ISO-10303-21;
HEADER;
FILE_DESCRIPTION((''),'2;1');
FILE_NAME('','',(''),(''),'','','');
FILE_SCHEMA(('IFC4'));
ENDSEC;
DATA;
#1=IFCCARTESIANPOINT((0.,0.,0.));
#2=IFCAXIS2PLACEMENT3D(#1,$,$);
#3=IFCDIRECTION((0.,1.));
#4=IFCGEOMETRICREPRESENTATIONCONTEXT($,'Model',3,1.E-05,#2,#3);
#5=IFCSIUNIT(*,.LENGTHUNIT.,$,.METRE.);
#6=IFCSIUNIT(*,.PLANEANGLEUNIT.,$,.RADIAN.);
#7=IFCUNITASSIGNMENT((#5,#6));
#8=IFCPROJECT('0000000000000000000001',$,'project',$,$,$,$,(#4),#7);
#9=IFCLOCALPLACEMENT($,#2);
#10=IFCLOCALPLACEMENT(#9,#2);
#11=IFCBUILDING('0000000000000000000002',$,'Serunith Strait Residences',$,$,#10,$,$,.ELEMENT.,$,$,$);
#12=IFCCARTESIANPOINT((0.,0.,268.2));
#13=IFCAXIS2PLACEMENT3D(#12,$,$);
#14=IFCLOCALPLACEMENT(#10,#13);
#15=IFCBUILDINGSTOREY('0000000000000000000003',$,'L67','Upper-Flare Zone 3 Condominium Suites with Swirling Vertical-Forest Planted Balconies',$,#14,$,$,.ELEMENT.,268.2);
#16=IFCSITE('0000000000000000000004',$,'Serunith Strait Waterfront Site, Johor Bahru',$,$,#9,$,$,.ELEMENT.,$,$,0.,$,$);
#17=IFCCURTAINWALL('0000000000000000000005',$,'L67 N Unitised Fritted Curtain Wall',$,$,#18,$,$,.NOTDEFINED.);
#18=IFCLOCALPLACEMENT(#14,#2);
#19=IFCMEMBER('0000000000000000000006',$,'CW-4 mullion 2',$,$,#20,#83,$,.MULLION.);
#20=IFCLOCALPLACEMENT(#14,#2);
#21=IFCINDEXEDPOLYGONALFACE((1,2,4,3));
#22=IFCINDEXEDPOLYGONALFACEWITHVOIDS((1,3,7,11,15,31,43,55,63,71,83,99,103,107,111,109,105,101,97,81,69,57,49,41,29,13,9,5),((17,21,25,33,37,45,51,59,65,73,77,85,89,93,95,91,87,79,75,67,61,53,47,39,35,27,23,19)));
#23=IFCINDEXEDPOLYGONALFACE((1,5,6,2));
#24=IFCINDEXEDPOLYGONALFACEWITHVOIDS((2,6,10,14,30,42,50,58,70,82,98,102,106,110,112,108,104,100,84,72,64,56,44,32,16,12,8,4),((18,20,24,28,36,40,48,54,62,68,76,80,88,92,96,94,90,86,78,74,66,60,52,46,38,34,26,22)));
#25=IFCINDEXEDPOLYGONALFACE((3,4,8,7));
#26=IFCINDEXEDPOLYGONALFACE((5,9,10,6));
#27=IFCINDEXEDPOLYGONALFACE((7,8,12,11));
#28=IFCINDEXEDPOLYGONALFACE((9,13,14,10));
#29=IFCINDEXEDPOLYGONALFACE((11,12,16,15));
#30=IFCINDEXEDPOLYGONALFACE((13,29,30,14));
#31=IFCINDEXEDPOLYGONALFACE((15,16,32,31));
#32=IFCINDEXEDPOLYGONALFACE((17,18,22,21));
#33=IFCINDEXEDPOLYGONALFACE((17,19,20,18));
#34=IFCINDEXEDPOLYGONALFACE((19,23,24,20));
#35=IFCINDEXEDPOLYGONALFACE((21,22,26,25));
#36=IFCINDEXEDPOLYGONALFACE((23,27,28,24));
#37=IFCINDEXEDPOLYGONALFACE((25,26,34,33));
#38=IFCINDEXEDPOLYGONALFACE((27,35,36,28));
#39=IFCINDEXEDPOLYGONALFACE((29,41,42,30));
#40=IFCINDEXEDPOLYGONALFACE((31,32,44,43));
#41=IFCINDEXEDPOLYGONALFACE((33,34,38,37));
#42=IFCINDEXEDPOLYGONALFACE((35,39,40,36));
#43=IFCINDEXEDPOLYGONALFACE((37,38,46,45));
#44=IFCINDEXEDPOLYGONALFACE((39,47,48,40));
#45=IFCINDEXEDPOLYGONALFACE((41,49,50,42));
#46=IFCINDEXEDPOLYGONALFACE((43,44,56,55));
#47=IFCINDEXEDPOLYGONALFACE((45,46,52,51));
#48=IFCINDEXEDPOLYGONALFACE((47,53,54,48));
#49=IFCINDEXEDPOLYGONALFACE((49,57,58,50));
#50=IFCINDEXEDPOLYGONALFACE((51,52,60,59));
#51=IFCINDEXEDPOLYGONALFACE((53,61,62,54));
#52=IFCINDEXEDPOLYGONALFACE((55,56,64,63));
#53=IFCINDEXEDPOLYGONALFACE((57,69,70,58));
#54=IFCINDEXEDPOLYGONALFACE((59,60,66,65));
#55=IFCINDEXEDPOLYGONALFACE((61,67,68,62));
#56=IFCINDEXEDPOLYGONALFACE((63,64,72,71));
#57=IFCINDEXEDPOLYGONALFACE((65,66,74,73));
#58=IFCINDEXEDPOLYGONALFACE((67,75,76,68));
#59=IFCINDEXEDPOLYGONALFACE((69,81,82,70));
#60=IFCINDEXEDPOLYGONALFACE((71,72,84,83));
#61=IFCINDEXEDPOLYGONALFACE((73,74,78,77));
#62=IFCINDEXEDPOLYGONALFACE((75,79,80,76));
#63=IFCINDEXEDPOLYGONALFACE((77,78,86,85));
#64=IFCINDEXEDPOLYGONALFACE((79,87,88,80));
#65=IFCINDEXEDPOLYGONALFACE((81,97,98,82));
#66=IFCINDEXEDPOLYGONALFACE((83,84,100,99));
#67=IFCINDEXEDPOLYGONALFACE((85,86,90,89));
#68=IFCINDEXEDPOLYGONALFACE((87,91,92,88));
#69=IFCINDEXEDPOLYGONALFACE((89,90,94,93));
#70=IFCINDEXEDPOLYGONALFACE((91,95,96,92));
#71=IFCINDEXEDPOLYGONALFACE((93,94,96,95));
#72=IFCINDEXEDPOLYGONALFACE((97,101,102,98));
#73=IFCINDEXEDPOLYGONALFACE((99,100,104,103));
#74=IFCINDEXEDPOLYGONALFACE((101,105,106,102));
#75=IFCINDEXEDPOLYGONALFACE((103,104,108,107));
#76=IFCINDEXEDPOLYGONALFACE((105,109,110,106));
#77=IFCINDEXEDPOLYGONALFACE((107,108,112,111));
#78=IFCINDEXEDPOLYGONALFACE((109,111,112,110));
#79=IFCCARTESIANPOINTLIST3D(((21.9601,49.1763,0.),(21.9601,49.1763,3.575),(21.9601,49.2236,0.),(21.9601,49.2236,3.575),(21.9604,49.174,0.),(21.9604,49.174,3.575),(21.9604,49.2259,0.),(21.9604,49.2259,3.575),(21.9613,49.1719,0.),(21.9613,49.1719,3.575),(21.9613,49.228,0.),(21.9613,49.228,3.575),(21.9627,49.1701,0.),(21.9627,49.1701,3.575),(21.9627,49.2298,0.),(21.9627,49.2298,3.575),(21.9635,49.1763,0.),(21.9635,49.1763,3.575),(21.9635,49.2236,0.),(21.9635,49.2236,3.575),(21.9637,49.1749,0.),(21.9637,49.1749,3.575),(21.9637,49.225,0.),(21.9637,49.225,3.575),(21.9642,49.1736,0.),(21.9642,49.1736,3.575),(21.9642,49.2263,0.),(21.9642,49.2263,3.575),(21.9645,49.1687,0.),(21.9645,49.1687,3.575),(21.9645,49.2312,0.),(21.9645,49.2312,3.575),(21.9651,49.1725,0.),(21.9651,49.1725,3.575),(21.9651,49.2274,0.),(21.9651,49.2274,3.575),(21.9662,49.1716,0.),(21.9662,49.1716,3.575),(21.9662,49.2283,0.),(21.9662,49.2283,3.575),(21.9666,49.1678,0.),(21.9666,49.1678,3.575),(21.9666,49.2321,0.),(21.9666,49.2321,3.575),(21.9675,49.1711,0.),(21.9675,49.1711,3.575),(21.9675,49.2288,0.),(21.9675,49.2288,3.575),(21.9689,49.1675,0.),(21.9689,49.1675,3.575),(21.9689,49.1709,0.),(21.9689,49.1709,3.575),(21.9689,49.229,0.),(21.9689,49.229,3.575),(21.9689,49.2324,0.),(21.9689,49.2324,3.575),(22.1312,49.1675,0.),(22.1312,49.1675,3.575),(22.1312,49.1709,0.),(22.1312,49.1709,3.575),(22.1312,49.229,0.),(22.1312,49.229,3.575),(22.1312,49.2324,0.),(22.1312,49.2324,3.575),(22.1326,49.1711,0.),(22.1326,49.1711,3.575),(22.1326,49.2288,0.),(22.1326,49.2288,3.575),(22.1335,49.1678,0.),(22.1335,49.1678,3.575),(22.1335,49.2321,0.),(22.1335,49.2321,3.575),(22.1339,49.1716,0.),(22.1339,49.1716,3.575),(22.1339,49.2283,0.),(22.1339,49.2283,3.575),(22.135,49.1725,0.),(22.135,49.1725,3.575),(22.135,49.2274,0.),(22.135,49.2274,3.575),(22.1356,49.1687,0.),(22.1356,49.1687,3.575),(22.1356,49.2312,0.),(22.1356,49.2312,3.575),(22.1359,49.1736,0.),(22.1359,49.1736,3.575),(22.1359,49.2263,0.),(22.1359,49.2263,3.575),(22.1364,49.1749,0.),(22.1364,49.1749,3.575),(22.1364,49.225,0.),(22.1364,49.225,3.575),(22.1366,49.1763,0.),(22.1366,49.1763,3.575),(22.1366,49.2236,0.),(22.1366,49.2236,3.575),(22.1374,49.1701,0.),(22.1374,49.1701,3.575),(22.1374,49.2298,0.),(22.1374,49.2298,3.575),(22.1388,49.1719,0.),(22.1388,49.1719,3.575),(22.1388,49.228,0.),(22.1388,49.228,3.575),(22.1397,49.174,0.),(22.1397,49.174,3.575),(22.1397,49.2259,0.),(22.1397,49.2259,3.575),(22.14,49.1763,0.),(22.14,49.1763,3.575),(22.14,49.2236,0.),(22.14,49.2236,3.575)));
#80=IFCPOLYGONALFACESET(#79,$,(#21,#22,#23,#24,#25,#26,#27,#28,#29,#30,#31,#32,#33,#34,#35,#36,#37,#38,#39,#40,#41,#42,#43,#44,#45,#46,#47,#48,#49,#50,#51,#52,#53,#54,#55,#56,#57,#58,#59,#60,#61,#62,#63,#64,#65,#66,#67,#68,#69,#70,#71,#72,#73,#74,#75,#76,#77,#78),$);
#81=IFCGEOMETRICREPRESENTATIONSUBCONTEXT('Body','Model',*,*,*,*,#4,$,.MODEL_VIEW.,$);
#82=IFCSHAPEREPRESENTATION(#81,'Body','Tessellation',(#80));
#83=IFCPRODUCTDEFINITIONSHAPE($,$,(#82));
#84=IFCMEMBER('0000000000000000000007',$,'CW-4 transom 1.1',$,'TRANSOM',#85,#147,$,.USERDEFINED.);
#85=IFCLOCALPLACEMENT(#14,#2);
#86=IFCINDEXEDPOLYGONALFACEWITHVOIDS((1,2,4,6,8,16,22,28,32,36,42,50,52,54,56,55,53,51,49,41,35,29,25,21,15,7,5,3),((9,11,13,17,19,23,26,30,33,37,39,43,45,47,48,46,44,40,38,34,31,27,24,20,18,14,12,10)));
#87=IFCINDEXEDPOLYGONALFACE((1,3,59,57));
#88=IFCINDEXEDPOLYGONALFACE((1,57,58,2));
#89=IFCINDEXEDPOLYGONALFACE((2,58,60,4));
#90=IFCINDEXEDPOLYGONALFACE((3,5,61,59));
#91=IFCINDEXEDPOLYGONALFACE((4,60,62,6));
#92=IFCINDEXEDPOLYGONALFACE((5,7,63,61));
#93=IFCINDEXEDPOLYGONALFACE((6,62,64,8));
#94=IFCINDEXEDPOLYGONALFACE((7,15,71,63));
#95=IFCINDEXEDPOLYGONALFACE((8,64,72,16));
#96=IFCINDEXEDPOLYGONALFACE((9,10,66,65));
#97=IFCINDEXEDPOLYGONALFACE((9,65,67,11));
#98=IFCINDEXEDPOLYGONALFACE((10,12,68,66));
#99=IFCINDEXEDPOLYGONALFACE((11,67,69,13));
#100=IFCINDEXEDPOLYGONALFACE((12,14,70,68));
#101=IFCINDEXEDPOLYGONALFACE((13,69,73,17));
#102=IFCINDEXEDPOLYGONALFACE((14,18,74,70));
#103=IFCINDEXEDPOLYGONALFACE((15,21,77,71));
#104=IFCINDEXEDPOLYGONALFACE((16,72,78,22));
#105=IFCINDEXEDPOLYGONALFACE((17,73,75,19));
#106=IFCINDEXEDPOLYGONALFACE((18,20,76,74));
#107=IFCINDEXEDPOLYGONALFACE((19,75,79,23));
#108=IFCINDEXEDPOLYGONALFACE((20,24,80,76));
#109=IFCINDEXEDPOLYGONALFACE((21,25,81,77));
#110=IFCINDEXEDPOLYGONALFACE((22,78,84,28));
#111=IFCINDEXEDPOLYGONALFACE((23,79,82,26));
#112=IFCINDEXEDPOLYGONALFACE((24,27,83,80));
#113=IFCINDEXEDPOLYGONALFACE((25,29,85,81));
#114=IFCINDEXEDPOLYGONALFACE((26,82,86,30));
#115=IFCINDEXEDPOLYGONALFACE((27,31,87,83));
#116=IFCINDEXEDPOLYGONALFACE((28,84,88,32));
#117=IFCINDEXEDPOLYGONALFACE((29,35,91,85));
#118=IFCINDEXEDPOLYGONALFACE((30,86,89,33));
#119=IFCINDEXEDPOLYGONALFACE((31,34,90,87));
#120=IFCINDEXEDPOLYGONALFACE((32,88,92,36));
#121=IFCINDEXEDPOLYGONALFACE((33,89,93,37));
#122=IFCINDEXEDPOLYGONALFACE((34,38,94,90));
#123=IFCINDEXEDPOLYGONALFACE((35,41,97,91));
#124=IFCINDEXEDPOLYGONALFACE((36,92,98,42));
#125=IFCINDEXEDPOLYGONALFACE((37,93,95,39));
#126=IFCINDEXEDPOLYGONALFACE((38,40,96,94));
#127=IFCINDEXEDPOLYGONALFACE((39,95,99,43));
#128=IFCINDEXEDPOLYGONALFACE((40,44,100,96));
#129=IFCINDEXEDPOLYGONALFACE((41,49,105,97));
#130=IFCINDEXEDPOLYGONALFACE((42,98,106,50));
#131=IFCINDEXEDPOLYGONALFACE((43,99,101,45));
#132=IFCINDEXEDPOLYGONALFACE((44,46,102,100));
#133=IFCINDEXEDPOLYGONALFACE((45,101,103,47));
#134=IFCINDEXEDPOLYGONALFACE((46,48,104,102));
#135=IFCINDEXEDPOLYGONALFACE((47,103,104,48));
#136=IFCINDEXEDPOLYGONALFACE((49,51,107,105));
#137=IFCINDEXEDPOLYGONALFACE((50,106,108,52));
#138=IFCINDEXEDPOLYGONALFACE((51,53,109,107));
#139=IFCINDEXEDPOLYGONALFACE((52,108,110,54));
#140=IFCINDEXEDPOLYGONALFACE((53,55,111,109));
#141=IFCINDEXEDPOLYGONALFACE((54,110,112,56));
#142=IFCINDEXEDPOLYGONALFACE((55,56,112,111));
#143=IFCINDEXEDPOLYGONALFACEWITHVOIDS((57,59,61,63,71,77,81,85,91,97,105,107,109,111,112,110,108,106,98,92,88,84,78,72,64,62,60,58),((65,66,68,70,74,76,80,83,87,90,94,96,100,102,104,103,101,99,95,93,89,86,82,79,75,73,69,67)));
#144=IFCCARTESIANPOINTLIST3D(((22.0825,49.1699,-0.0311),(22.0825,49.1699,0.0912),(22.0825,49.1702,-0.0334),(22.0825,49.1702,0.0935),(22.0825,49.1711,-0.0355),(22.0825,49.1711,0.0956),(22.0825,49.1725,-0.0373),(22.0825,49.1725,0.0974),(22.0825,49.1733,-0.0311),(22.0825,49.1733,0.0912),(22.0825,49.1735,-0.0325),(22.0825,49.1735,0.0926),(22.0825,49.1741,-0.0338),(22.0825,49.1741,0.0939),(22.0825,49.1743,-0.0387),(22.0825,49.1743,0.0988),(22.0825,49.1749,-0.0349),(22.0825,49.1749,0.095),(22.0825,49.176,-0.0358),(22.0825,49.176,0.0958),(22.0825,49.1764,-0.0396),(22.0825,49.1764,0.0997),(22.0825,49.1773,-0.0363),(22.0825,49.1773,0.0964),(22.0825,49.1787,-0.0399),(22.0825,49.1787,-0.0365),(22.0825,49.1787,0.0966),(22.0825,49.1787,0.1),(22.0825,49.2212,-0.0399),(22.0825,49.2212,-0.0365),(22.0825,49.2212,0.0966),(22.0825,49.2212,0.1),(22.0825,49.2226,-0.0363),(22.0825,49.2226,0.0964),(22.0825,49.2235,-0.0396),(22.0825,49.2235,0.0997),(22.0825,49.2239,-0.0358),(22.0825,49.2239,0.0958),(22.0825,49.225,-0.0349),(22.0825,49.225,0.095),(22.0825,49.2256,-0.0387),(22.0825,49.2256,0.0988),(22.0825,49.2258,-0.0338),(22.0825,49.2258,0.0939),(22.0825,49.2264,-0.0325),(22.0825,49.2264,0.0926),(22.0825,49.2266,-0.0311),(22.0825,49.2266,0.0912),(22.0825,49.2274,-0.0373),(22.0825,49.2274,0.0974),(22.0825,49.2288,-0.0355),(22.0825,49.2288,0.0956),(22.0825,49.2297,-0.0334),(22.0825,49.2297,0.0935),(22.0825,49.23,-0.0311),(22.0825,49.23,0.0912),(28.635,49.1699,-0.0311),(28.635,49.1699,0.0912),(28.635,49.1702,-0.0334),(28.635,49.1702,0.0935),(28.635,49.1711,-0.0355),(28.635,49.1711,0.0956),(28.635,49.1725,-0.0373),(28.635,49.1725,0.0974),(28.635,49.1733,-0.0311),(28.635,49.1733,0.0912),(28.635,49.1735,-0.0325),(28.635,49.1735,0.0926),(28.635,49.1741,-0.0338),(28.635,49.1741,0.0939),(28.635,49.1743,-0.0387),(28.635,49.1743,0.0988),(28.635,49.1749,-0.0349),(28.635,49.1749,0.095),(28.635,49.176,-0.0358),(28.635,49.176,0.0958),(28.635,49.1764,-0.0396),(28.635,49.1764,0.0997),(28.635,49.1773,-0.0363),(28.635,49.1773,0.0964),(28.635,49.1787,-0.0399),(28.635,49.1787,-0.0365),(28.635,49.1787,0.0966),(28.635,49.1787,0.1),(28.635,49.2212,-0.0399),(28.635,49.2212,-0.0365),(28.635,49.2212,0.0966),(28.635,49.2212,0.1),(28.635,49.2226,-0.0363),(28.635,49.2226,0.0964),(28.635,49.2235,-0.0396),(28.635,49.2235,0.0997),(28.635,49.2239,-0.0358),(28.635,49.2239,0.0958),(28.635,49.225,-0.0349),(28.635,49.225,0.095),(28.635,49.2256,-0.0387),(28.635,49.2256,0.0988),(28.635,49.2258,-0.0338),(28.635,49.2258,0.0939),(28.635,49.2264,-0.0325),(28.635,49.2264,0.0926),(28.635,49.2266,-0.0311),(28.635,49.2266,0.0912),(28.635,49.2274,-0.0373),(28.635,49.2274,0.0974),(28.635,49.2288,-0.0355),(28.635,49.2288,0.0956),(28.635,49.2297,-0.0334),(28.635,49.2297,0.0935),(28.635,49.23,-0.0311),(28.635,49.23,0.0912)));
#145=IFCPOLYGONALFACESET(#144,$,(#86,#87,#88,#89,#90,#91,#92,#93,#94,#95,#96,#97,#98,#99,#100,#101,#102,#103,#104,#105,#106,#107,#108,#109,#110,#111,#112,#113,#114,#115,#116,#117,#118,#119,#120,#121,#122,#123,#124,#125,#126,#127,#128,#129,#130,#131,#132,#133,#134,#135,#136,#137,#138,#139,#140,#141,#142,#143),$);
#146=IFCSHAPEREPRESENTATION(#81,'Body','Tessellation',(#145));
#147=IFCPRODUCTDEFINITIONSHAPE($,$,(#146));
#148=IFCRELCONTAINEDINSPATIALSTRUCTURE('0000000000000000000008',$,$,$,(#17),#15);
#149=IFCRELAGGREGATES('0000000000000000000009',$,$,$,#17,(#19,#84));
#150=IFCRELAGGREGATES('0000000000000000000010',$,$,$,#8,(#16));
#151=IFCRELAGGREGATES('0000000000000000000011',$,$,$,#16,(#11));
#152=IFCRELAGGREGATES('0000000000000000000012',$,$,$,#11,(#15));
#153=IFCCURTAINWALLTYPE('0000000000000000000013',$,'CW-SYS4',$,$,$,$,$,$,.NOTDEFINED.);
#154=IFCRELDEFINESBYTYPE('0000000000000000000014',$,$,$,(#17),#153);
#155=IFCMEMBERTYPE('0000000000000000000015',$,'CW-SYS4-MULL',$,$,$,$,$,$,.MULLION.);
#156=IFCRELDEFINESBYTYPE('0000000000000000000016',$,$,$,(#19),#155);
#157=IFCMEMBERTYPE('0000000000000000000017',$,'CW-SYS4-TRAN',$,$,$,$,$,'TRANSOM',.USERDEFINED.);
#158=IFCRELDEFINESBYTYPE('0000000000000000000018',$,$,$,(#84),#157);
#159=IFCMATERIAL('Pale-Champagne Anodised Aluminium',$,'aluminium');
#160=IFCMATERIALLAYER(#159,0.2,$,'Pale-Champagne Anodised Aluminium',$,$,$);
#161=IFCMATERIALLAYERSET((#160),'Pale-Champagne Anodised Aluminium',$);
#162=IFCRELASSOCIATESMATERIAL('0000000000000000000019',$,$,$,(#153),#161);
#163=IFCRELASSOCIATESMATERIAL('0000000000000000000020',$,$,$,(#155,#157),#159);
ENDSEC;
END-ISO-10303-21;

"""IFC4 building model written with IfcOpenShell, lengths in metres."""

from ifc_helpers import new_model, si_unit, direction, frame, origin, origin_2d, place, context, subcontext, project, spatial, hollow_rectangle, extrude, source, transform, mapped, material, layer, layer_set, material_profile, profile_set, type_object, element, aggregate, save


model = new_model("IFC4")

# Units and contexts
model_context = context("Model", 3, precision=1e-05, world=origin(), true_north=direction((0.0, 1.0)))
body_context = subcontext(model_context, "Body", "Model", "MODEL_VIEW")
ifc_project = project(units=[si_unit("LENGTHUNIT", "METRE"), si_unit("PLANEANGLEUNIT", "RADIAN")], contexts=[model_context])

# Site, building, storey
site_placement = place(None, origin())
site = spatial("IfcSite", under=ifc_project, at=site_placement, Name="Serunith Strait Waterfront Site, Johor Bahru", CompositionType="ELEMENT", RefElevation=0.0)
building_placement = place(site_placement, origin())
building = spatial("IfcBuilding", under=site, at=building_placement, Name="Serunith Strait Residences", CompositionType="ELEMENT")
storey_placement = place(building_placement, frame((0.0, 0.0, 268.2)))
storey = spatial("IfcBuildingStorey", under=building, at=storey_placement, Name="L67", Description="Upper-Flare Zone 3 Condominium Suites with Swirling Vertical-Forest Planted Balconies", CompositionType="ELEMENT", Elevation=268.2)

# Shared definitions
ifc_material_1 = material(Name="Pale-Champagne Anodised Aluminium", Category="aluminium")
ifc_layer_1 = layer(ifc_material_1, 0.2, Name="Pale-Champagne Anodised Aluminium")
ifc_layer_set_1 = layer_set([ifc_layer_1], Name="Pale-Champagne Anodised Aluminium")
curtain_wall_type = type_object("IfcCurtainWallType", Name="CW-SYS4", PredefinedType="NOTDEFINED", material=ifc_layer_set_1)
ifc_material_profile_1 = material_profile(ifc_material_1, hollow_rectangle(XDim=0.0649, YDim=0.1799, WallThickness=0.0034, InnerFilletRadius=0.0054, OuterFilletRadius=0.0088, at=origin_2d()), Name="ALU 180x65x3.5")
ifc_profile_set_1 = profile_set([ifc_material_profile_1], Name="Pale-Champagne Anodised Aluminium")
member_type_1 = type_object("IfcMemberType", Name="CW-SYS4-MULL", PredefinedType="MULLION", material=ifc_profile_set_1)
shared_shape_1 = source(origin(), body_context, "Body", "SweptSolid", [
    extrude(hollow_rectangle(XDim=0.0649, YDim=0.1799, WallThickness=0.0034, InnerFilletRadius=0.0054, OuterFilletRadius=0.0088, at=origin_2d()), origin(), (0.0, 0.0, 1.0), 3.575),
])

# Curtain wall, members
curtain_wall_1_placement = place(storey_placement, origin())
curtain_wall_1 = element("IfcCurtainWall", 1, at=curtain_wall_1_placement, inside=storey, type_object=curtain_wall_type, Name="L67 N Unitised Fritted Curtain Wall", PredefinedType="NOTDEFINED")
member_1_placement = place(storey_placement, frame((22.05, 49.2, 0.0), z_axis=(0.0, 0.0, 1.0), x_axis=(0.0, -1.0, 0.0)))
member_1 = element("IfcMember", 2, at=member_1_placement, type_object=member_type_1, Name="CW-4 mullion 2", PredefinedType="MULLION", context=body_context, shape_type="MappedRepresentation", body=[
    mapped(shared_shape_1, transform((0.0, 0.0, 0.0), scale=1.0)),
])
ifc_material_profile_2 = material_profile(ifc_material_1, hollow_rectangle(XDim=0.0601, YDim=0.1399, WallThickness=0.0034, InnerFilletRadius=0.0054, OuterFilletRadius=0.0088, at=origin_2d()), Name="ALU 140x60x3.5")
ifc_profile_set_2 = profile_set([ifc_material_profile_2], Name="Pale-Champagne Anodised Aluminium")
member_type_2 = type_object("IfcMemberType", Name="CW-SYS4-TRAN", ElementType="TRANSOM", PredefinedType="USERDEFINED", material=ifc_profile_set_2)
shared_shape_2 = source(origin(), body_context, "Body", "SweptSolid", [
    extrude(hollow_rectangle(XDim=0.0601, YDim=0.1399, WallThickness=0.0034, InnerFilletRadius=0.0054, OuterFilletRadius=0.0088, at=origin_2d()), origin(), (0.0, 0.0, 1.0), 6.5525),
])
member_2_placement = place(storey_placement, frame((28.635, 49.2, 0.03), z_axis=(-1.0, 0.0, 0.0), x_axis=(0.0, -1.0, 0.0)))
member_2 = element("IfcMember", 3, at=member_2_placement, type_object=member_type_2, Name="CW-4 transom 1.1", ObjectType="TRANSOM", PredefinedType="USERDEFINED", context=body_context, shape_type="MappedRepresentation", body=[
    mapped(shared_shape_2, transform((0.0, 0.0, 0.0), scale=1.0)),
])
aggregate(curtain_wall_1, [member_1, member_2])

save(model, "model.ifc")
